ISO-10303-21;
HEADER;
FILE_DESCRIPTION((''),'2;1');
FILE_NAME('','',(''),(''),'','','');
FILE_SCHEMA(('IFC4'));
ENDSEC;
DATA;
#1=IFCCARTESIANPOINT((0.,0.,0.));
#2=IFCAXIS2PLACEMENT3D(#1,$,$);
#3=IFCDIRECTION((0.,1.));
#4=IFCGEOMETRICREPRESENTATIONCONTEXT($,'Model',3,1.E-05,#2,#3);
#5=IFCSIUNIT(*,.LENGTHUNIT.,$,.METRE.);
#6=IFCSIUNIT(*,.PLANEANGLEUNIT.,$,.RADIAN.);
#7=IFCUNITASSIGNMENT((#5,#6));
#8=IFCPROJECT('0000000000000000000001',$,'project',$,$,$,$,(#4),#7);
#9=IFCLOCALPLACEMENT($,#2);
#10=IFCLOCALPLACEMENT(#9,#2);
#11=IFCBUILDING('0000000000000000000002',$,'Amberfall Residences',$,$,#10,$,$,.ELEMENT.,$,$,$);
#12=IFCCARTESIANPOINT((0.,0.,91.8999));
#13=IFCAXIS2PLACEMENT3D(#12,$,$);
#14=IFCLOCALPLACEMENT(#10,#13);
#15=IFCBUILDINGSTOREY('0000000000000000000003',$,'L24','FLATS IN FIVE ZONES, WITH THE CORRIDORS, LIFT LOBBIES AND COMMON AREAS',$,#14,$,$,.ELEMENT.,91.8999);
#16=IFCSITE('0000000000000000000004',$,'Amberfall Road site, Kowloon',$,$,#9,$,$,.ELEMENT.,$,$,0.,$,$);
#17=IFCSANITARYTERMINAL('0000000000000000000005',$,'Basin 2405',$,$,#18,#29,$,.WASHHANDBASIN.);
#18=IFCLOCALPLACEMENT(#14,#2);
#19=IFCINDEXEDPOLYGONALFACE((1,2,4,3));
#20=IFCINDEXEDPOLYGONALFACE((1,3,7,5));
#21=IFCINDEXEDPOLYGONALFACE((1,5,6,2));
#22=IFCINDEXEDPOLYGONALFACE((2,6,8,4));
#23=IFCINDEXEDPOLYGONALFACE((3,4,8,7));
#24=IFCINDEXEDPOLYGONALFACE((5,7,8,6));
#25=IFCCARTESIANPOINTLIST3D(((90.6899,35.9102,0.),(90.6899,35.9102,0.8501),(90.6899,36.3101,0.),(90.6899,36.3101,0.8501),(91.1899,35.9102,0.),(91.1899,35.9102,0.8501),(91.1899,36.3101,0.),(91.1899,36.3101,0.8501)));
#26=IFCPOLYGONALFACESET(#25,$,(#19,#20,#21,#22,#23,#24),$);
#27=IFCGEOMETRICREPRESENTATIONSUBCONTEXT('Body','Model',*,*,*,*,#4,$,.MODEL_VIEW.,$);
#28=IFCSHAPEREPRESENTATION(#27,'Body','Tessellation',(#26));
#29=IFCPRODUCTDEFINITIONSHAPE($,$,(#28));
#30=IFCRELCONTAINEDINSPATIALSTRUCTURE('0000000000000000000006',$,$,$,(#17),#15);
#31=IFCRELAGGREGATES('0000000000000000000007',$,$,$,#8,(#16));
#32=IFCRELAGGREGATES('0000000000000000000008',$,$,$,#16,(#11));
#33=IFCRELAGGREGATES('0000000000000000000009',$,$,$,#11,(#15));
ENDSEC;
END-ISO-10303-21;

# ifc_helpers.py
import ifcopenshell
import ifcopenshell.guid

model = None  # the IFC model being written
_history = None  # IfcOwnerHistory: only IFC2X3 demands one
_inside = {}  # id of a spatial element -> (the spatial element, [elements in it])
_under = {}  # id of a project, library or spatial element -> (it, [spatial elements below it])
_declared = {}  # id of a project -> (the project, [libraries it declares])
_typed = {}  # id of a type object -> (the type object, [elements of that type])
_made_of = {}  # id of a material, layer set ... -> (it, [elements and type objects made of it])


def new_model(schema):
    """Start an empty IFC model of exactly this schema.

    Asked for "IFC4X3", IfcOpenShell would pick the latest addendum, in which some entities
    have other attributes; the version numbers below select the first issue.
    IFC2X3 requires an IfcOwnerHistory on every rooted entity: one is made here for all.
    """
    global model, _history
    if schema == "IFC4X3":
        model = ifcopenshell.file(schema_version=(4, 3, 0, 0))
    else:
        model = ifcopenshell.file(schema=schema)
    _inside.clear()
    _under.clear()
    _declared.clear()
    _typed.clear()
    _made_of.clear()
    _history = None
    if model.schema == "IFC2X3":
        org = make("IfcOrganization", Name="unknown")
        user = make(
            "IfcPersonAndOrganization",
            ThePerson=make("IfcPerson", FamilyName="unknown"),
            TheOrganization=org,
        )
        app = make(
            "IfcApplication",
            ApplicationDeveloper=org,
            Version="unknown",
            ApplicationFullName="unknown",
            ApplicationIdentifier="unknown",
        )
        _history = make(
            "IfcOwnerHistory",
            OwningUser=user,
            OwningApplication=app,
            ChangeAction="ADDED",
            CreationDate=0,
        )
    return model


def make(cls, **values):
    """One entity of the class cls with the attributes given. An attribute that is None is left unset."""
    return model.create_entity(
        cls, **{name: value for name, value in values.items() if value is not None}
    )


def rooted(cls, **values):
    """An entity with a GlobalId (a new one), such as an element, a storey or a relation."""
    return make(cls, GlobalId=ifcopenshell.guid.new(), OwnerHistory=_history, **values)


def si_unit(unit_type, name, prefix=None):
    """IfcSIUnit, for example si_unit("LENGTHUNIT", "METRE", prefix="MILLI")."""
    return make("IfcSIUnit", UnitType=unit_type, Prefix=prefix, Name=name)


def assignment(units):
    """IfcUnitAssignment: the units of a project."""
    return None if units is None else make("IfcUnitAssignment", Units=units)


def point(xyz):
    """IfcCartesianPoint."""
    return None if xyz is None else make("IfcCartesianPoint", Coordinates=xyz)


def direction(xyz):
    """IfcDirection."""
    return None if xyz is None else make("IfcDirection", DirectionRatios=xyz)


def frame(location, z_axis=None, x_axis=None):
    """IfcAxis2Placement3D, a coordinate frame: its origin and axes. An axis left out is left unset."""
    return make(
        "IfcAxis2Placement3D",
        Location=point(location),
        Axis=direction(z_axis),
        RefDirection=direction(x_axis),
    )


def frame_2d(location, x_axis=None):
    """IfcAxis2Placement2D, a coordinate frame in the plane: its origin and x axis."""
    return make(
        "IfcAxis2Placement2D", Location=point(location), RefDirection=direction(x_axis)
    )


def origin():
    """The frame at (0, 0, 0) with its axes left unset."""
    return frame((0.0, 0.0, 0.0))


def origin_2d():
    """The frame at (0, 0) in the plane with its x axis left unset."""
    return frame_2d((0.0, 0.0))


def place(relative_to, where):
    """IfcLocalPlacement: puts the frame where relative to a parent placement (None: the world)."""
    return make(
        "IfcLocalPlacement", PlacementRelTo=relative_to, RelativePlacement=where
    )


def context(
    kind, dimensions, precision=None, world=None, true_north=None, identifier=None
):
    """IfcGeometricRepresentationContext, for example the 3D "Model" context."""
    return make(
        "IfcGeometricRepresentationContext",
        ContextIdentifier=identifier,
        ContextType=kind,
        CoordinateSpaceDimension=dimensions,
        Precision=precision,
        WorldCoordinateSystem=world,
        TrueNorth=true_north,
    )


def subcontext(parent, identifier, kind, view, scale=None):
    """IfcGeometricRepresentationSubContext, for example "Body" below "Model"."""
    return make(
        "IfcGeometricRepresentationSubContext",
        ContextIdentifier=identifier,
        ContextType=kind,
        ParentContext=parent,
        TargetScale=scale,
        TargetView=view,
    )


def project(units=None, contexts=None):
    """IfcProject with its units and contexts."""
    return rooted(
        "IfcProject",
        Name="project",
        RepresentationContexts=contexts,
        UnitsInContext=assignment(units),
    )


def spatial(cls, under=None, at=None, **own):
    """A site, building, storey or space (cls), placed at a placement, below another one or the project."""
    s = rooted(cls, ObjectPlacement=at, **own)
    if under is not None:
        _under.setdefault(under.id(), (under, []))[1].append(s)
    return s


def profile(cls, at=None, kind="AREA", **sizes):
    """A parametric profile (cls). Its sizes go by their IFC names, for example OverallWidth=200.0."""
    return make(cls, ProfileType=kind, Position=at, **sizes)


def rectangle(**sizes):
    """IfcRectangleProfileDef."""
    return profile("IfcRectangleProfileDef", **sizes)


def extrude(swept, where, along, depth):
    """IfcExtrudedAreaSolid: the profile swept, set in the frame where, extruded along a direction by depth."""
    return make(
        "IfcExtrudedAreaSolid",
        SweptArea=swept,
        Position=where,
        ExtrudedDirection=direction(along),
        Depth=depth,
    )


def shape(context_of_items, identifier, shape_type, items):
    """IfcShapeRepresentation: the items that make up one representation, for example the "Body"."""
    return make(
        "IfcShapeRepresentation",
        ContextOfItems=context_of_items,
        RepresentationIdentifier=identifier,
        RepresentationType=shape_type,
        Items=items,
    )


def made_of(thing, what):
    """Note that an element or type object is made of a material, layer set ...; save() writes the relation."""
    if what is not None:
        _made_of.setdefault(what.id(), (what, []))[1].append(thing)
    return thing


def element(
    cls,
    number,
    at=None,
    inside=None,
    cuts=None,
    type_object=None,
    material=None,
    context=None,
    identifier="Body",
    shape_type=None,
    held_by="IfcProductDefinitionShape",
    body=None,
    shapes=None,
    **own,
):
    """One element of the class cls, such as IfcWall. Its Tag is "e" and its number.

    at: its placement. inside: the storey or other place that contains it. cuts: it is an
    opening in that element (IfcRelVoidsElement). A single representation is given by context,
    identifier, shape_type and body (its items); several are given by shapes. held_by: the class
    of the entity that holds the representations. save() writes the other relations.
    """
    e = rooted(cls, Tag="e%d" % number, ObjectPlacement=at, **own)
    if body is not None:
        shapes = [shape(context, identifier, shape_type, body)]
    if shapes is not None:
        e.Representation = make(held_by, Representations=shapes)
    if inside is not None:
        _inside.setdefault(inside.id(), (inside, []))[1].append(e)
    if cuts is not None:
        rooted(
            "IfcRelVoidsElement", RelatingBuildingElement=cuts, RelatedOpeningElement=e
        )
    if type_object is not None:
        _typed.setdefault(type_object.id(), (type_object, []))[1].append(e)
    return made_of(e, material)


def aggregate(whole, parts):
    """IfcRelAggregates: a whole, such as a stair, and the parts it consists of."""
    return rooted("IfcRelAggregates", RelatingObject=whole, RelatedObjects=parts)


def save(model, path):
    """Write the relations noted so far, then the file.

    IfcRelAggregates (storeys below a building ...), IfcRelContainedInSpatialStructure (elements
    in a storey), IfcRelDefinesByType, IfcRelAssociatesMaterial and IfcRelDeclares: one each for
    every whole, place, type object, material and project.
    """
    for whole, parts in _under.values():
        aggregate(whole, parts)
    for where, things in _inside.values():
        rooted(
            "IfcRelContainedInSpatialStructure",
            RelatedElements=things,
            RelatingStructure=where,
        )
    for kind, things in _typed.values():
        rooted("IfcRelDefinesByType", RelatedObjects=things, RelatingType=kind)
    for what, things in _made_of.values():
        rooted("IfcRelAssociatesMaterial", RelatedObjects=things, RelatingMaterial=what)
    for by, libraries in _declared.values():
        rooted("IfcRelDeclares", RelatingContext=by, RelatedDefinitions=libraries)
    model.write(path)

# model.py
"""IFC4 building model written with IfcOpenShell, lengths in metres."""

from ifc_helpers import new_model, si_unit, direction, frame, origin, origin_2d, place, context, subcontext, project, spatial, rectangle, extrude, element, save


model = new_model("IFC4")

# Units and contexts
model_context = context("Model", 3, precision=1e-05, world=origin(), true_north=direction((0.0, 1.0)))
body_context = subcontext(model_context, "Body", "Model", "MODEL_VIEW")
ifc_project = project(units=[si_unit("LENGTHUNIT", "METRE"), si_unit("PLANEANGLEUNIT", "RADIAN")], contexts=[model_context])

# Site, building, storey
site_placement = place(None, origin())
site = spatial("IfcSite", under=ifc_project, at=site_placement, Name="Amberfall Road site, Kowloon", CompositionType="ELEMENT", RefElevation=0.0)
building_placement = place(site_placement, origin())
building = spatial("IfcBuilding", under=site, at=building_placement, Name="Amberfall Residences", CompositionType="ELEMENT")
storey_placement = place(building_placement, frame((0.0, 0.0, 91.8999)))
storey = spatial("IfcBuildingStorey", under=building, at=storey_placement, Name="L24", Description="FLATS IN FIVE ZONES, WITH THE CORRIDORS, LIFT LOBBIES AND COMMON AREAS", CompositionType="ELEMENT", Elevation=91.8999)

# Sanitary terminal
sanitary_terminal_1_placement = place(storey_placement, frame((90.9399, 36.1101, 0.0), z_axis=(0.0, 0.0, 1.0), x_axis=(1.0, 0.0, 0.0)))
element("IfcSanitaryTerminal", 1, at=sanitary_terminal_1_placement, inside=storey, Name="Basin 2405", PredefinedType="WASHHANDBASIN", context=body_context, shape_type="SweptSolid", body=[
    extrude(rectangle(XDim=0.5, YDim=0.3999, at=origin_2d()), origin(), (0.0, 0.0, 1.0), 0.8501),
])

save(model, "model.ifc")
